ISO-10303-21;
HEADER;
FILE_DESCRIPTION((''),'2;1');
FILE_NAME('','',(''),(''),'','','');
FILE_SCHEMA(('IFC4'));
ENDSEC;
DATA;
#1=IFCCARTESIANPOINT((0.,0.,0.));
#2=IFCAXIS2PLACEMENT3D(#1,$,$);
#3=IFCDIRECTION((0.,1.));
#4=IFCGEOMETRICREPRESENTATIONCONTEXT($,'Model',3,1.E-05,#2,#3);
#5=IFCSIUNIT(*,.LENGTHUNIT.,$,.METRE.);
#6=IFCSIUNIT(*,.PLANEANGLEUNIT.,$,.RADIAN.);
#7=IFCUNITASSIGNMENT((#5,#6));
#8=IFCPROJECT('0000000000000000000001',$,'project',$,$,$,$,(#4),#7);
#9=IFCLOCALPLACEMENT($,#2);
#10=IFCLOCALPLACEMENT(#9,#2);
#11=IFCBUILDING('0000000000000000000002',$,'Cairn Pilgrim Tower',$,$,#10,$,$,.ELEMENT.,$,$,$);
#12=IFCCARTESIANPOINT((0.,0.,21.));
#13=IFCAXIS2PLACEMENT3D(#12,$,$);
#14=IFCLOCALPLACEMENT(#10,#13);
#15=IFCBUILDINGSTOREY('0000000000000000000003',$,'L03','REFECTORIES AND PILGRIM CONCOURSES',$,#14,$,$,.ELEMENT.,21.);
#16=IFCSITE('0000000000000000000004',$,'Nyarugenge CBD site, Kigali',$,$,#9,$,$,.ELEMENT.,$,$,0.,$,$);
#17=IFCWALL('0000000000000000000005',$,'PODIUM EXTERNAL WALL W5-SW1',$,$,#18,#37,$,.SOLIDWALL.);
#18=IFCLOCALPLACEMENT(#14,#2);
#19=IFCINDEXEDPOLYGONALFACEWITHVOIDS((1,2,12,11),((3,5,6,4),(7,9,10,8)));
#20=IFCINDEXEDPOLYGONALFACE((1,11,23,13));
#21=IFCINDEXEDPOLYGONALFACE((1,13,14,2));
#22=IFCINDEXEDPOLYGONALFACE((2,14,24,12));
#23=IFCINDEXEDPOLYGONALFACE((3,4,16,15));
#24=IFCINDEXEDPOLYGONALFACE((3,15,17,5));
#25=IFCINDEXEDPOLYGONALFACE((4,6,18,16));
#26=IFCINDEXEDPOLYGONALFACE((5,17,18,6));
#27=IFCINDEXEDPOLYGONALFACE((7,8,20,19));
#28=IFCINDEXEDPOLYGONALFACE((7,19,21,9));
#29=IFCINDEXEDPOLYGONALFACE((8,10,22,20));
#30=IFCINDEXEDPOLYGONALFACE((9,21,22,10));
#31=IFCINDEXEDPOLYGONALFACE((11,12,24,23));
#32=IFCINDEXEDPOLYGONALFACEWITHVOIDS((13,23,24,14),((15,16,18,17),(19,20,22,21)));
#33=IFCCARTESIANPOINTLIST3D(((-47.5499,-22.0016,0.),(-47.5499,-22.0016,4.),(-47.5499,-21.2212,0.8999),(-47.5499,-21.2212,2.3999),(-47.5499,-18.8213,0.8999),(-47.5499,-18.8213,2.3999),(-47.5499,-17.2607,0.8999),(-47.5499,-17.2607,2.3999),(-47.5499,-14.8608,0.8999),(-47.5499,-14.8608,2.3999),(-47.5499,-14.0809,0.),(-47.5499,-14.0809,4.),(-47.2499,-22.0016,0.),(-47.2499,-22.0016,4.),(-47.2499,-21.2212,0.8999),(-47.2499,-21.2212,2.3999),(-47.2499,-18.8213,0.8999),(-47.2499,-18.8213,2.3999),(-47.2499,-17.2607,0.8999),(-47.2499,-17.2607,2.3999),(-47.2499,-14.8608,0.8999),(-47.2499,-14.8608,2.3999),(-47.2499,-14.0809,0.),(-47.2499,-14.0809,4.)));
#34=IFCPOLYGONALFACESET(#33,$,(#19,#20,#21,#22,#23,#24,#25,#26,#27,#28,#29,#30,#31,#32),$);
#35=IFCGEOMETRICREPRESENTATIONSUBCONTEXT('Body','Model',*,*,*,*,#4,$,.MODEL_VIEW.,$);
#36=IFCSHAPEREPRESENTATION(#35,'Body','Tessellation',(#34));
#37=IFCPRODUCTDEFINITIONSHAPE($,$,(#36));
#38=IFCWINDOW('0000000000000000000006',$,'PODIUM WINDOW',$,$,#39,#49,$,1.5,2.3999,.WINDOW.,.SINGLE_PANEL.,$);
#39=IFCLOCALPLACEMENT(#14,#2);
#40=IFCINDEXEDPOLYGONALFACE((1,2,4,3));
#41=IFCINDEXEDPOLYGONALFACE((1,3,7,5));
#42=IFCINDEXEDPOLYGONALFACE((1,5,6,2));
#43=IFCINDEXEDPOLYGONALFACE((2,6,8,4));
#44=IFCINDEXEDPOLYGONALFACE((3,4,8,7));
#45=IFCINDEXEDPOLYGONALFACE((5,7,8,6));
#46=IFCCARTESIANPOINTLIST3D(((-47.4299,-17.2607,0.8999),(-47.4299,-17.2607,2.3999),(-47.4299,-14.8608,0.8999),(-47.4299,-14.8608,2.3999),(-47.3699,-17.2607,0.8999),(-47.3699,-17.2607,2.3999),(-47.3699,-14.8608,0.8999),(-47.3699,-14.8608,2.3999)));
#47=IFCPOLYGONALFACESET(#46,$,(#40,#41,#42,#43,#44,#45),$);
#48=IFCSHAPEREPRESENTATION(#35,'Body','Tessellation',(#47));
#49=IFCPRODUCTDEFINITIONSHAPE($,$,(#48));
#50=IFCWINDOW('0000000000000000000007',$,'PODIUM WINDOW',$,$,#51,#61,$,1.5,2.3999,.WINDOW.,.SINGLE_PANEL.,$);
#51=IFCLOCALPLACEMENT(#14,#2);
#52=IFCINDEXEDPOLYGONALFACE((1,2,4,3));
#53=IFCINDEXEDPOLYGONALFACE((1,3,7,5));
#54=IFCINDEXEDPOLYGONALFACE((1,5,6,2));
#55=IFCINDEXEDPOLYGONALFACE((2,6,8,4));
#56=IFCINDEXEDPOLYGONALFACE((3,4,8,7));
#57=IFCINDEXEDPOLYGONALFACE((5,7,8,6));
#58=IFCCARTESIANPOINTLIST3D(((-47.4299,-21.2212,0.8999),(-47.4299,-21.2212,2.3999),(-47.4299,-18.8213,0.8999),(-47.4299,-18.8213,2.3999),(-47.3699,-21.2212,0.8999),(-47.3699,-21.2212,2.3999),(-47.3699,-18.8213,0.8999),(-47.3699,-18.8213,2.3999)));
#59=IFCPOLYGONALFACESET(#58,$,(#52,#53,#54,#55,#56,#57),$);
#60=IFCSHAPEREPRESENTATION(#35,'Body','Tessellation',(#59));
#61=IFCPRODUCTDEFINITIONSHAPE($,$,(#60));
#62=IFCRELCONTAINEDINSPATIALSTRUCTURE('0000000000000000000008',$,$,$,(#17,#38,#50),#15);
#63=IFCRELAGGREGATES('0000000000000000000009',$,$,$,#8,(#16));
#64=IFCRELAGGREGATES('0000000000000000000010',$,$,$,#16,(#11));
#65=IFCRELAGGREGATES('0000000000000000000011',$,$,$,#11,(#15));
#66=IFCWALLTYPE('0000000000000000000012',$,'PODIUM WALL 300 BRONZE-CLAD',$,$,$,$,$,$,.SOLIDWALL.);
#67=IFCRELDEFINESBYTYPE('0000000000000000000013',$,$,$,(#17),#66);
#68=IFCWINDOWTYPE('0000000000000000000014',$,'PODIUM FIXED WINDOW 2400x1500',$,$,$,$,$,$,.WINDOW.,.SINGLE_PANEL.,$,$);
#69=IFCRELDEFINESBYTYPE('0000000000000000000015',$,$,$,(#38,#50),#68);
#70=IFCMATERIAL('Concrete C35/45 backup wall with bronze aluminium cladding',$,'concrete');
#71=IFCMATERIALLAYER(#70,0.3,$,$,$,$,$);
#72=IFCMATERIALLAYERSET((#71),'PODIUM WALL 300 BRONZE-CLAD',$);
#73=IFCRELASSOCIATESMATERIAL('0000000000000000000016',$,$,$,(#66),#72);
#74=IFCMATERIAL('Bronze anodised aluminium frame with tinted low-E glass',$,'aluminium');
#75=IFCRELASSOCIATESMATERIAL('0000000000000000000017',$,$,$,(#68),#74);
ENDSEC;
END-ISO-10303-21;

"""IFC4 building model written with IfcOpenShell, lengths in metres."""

from ifc_helpers import new_model, si_unit, direction, frame, frame_2d, origin, place, context, subcontext, project, spatial, rectangle, extrude, material, layer, layer_set, type_object, element, fill, save


model = new_model("IFC4")

# Units and contexts
model_context = context("Model", 3, precision=1e-05, world=origin(), true_north=direction((0.0, 1.0)))
body_context = subcontext(model_context, "Body", "Model", "MODEL_VIEW")
ifc_project = project(units=[si_unit("LENGTHUNIT", "METRE"), si_unit("PLANEANGLEUNIT", "RADIAN")], contexts=[model_context])

# Site, building, storey
site_placement = place(None, origin())
site = spatial("IfcSite", under=ifc_project, at=site_placement, Name="Nyarugenge CBD site, Kigali", CompositionType="ELEMENT", RefElevation=0.0)
building_placement = place(site_placement, origin())
building = spatial("IfcBuilding", under=site, at=building_placement, Name="Cairn Pilgrim Tower", CompositionType="ELEMENT")
storey_placement = place(building_placement, frame((0.0, 0.0, 21.0)))
storey = spatial("IfcBuildingStorey", under=building, at=storey_placement, Name="L03", Description="REFECTORIES AND PILGRIM CONCOURSES", CompositionType="ELEMENT", Elevation=21.0)

# Wall, openings, windows
ifc_material_1 = material(Name="Concrete C35/45 backup wall with bronze aluminium cladding", Category="concrete")
ifc_layer_1 = layer(ifc_material_1, 0.3)
ifc_layer_set_1 = layer_set([ifc_layer_1], Name="PODIUM WALL 300 BRONZE-CLAD")
wall_type_1 = type_object("IfcWallType", Name="PODIUM WALL 300 BRONZE-CLAD", PredefinedType="SOLIDWALL", material=ifc_layer_set_1)
ifc_material_2 = material(Name="Bronze anodised aluminium frame with tinted low-E glass", Category="aluminium")
window_type = type_object("IfcWindowType", Name="PODIUM FIXED WINDOW 2400x1500", PartitioningType="SINGLE_PANEL", PredefinedType="WINDOW", material=ifc_material_2)
wall_1_placement = place(storey_placement, frame((-47.3999, -14.0808, 0.0), z_axis=(0.0, 0.0, 1.0), x_axis=(0.0, -1.0, 0.0)))
wall_1 = element("IfcWall", 1, at=wall_1_placement, inside=storey, type_object=wall_type_1, Name="PODIUM EXTERNAL WALL W5-SW1", PredefinedType="SOLIDWALL", context=body_context, shape_type="SweptSolid", body=[
    extrude(rectangle(XDim=7.9207, YDim=0.3, at=frame_2d((3.9604, 0.0))), origin(), (0.0, 0.0, 1.0), 4.0),
])
opening_1_placement = place(wall_1_placement, frame((0.78, 0.0, 0.8999)))
opening_1 = element("IfcOpeningElement", 2, at=opening_1_placement, cuts=wall_1, PredefinedType="OPENING", context=body_context, shape_type="SweptSolid", body=[
    extrude(rectangle(XDim=2.3999, YDim=1.5, at=frame_2d((1.2, 0.75))), frame((0.0, 0.1602, 0.0), z_axis=(0.0, -1.0, 0.0), x_axis=(1.0, 0.0, 0.0)), (0.0, 0.0, 1.0), 0.3201),
])
opening_2_placement = place(wall_1_placement, frame((4.7405, 0.0, 0.8999)))
opening_2 = element("IfcOpeningElement", 3, at=opening_2_placement, cuts=wall_1, PredefinedType="OPENING", context=body_context, shape_type="SweptSolid", body=[
    extrude(rectangle(XDim=2.3999, YDim=1.5, at=frame_2d((1.2, 0.75))), frame((0.0, 0.1602, 0.0), z_axis=(0.0, -1.0, 0.0), x_axis=(1.0, 0.0, 0.0)), (0.0, 0.0, 1.0), 0.3201),
])
window_1_placement = place(opening_1_placement, origin())
window_1 = element("IfcWindow", 4, at=window_1_placement, inside=storey, type_object=window_type, Name="PODIUM WINDOW", OverallHeight=1.5, OverallWidth=2.3999, PartitioningType="SINGLE_PANEL", PredefinedType="WINDOW", context=body_context, shape_type="SweptSolid", body=[
    extrude(rectangle(XDim=2.3999, YDim=1.5, at=frame_2d((1.2, 0.75))), frame((0.0, 0.03, 0.0), z_axis=(0.0, -1.0, 0.0), x_axis=(1.0, 0.0, 0.0)), (0.0, 0.0, 1.0), 0.0601),
])
fill(opening_1, window_1)
window_2_placement = place(opening_2_placement, origin())
window_2 = element("IfcWindow", 5, at=window_2_placement, inside=storey, type_object=window_type, Name="PODIUM WINDOW", OverallHeight=1.5, OverallWidth=2.3999, PartitioningType="SINGLE_PANEL", PredefinedType="WINDOW", context=body_context, shape_type="SweptSolid", body=[
    extrude(rectangle(XDim=2.3999, YDim=1.5, at=frame_2d((1.2, 0.75))), frame((0.0, 0.03, 0.0), z_axis=(0.0, -1.0, 0.0), x_axis=(1.0, 0.0, 0.0)), (0.0, 0.0, 1.0), 0.0601),
])
fill(opening_2, window_2)

save(model, "model.ifc")
